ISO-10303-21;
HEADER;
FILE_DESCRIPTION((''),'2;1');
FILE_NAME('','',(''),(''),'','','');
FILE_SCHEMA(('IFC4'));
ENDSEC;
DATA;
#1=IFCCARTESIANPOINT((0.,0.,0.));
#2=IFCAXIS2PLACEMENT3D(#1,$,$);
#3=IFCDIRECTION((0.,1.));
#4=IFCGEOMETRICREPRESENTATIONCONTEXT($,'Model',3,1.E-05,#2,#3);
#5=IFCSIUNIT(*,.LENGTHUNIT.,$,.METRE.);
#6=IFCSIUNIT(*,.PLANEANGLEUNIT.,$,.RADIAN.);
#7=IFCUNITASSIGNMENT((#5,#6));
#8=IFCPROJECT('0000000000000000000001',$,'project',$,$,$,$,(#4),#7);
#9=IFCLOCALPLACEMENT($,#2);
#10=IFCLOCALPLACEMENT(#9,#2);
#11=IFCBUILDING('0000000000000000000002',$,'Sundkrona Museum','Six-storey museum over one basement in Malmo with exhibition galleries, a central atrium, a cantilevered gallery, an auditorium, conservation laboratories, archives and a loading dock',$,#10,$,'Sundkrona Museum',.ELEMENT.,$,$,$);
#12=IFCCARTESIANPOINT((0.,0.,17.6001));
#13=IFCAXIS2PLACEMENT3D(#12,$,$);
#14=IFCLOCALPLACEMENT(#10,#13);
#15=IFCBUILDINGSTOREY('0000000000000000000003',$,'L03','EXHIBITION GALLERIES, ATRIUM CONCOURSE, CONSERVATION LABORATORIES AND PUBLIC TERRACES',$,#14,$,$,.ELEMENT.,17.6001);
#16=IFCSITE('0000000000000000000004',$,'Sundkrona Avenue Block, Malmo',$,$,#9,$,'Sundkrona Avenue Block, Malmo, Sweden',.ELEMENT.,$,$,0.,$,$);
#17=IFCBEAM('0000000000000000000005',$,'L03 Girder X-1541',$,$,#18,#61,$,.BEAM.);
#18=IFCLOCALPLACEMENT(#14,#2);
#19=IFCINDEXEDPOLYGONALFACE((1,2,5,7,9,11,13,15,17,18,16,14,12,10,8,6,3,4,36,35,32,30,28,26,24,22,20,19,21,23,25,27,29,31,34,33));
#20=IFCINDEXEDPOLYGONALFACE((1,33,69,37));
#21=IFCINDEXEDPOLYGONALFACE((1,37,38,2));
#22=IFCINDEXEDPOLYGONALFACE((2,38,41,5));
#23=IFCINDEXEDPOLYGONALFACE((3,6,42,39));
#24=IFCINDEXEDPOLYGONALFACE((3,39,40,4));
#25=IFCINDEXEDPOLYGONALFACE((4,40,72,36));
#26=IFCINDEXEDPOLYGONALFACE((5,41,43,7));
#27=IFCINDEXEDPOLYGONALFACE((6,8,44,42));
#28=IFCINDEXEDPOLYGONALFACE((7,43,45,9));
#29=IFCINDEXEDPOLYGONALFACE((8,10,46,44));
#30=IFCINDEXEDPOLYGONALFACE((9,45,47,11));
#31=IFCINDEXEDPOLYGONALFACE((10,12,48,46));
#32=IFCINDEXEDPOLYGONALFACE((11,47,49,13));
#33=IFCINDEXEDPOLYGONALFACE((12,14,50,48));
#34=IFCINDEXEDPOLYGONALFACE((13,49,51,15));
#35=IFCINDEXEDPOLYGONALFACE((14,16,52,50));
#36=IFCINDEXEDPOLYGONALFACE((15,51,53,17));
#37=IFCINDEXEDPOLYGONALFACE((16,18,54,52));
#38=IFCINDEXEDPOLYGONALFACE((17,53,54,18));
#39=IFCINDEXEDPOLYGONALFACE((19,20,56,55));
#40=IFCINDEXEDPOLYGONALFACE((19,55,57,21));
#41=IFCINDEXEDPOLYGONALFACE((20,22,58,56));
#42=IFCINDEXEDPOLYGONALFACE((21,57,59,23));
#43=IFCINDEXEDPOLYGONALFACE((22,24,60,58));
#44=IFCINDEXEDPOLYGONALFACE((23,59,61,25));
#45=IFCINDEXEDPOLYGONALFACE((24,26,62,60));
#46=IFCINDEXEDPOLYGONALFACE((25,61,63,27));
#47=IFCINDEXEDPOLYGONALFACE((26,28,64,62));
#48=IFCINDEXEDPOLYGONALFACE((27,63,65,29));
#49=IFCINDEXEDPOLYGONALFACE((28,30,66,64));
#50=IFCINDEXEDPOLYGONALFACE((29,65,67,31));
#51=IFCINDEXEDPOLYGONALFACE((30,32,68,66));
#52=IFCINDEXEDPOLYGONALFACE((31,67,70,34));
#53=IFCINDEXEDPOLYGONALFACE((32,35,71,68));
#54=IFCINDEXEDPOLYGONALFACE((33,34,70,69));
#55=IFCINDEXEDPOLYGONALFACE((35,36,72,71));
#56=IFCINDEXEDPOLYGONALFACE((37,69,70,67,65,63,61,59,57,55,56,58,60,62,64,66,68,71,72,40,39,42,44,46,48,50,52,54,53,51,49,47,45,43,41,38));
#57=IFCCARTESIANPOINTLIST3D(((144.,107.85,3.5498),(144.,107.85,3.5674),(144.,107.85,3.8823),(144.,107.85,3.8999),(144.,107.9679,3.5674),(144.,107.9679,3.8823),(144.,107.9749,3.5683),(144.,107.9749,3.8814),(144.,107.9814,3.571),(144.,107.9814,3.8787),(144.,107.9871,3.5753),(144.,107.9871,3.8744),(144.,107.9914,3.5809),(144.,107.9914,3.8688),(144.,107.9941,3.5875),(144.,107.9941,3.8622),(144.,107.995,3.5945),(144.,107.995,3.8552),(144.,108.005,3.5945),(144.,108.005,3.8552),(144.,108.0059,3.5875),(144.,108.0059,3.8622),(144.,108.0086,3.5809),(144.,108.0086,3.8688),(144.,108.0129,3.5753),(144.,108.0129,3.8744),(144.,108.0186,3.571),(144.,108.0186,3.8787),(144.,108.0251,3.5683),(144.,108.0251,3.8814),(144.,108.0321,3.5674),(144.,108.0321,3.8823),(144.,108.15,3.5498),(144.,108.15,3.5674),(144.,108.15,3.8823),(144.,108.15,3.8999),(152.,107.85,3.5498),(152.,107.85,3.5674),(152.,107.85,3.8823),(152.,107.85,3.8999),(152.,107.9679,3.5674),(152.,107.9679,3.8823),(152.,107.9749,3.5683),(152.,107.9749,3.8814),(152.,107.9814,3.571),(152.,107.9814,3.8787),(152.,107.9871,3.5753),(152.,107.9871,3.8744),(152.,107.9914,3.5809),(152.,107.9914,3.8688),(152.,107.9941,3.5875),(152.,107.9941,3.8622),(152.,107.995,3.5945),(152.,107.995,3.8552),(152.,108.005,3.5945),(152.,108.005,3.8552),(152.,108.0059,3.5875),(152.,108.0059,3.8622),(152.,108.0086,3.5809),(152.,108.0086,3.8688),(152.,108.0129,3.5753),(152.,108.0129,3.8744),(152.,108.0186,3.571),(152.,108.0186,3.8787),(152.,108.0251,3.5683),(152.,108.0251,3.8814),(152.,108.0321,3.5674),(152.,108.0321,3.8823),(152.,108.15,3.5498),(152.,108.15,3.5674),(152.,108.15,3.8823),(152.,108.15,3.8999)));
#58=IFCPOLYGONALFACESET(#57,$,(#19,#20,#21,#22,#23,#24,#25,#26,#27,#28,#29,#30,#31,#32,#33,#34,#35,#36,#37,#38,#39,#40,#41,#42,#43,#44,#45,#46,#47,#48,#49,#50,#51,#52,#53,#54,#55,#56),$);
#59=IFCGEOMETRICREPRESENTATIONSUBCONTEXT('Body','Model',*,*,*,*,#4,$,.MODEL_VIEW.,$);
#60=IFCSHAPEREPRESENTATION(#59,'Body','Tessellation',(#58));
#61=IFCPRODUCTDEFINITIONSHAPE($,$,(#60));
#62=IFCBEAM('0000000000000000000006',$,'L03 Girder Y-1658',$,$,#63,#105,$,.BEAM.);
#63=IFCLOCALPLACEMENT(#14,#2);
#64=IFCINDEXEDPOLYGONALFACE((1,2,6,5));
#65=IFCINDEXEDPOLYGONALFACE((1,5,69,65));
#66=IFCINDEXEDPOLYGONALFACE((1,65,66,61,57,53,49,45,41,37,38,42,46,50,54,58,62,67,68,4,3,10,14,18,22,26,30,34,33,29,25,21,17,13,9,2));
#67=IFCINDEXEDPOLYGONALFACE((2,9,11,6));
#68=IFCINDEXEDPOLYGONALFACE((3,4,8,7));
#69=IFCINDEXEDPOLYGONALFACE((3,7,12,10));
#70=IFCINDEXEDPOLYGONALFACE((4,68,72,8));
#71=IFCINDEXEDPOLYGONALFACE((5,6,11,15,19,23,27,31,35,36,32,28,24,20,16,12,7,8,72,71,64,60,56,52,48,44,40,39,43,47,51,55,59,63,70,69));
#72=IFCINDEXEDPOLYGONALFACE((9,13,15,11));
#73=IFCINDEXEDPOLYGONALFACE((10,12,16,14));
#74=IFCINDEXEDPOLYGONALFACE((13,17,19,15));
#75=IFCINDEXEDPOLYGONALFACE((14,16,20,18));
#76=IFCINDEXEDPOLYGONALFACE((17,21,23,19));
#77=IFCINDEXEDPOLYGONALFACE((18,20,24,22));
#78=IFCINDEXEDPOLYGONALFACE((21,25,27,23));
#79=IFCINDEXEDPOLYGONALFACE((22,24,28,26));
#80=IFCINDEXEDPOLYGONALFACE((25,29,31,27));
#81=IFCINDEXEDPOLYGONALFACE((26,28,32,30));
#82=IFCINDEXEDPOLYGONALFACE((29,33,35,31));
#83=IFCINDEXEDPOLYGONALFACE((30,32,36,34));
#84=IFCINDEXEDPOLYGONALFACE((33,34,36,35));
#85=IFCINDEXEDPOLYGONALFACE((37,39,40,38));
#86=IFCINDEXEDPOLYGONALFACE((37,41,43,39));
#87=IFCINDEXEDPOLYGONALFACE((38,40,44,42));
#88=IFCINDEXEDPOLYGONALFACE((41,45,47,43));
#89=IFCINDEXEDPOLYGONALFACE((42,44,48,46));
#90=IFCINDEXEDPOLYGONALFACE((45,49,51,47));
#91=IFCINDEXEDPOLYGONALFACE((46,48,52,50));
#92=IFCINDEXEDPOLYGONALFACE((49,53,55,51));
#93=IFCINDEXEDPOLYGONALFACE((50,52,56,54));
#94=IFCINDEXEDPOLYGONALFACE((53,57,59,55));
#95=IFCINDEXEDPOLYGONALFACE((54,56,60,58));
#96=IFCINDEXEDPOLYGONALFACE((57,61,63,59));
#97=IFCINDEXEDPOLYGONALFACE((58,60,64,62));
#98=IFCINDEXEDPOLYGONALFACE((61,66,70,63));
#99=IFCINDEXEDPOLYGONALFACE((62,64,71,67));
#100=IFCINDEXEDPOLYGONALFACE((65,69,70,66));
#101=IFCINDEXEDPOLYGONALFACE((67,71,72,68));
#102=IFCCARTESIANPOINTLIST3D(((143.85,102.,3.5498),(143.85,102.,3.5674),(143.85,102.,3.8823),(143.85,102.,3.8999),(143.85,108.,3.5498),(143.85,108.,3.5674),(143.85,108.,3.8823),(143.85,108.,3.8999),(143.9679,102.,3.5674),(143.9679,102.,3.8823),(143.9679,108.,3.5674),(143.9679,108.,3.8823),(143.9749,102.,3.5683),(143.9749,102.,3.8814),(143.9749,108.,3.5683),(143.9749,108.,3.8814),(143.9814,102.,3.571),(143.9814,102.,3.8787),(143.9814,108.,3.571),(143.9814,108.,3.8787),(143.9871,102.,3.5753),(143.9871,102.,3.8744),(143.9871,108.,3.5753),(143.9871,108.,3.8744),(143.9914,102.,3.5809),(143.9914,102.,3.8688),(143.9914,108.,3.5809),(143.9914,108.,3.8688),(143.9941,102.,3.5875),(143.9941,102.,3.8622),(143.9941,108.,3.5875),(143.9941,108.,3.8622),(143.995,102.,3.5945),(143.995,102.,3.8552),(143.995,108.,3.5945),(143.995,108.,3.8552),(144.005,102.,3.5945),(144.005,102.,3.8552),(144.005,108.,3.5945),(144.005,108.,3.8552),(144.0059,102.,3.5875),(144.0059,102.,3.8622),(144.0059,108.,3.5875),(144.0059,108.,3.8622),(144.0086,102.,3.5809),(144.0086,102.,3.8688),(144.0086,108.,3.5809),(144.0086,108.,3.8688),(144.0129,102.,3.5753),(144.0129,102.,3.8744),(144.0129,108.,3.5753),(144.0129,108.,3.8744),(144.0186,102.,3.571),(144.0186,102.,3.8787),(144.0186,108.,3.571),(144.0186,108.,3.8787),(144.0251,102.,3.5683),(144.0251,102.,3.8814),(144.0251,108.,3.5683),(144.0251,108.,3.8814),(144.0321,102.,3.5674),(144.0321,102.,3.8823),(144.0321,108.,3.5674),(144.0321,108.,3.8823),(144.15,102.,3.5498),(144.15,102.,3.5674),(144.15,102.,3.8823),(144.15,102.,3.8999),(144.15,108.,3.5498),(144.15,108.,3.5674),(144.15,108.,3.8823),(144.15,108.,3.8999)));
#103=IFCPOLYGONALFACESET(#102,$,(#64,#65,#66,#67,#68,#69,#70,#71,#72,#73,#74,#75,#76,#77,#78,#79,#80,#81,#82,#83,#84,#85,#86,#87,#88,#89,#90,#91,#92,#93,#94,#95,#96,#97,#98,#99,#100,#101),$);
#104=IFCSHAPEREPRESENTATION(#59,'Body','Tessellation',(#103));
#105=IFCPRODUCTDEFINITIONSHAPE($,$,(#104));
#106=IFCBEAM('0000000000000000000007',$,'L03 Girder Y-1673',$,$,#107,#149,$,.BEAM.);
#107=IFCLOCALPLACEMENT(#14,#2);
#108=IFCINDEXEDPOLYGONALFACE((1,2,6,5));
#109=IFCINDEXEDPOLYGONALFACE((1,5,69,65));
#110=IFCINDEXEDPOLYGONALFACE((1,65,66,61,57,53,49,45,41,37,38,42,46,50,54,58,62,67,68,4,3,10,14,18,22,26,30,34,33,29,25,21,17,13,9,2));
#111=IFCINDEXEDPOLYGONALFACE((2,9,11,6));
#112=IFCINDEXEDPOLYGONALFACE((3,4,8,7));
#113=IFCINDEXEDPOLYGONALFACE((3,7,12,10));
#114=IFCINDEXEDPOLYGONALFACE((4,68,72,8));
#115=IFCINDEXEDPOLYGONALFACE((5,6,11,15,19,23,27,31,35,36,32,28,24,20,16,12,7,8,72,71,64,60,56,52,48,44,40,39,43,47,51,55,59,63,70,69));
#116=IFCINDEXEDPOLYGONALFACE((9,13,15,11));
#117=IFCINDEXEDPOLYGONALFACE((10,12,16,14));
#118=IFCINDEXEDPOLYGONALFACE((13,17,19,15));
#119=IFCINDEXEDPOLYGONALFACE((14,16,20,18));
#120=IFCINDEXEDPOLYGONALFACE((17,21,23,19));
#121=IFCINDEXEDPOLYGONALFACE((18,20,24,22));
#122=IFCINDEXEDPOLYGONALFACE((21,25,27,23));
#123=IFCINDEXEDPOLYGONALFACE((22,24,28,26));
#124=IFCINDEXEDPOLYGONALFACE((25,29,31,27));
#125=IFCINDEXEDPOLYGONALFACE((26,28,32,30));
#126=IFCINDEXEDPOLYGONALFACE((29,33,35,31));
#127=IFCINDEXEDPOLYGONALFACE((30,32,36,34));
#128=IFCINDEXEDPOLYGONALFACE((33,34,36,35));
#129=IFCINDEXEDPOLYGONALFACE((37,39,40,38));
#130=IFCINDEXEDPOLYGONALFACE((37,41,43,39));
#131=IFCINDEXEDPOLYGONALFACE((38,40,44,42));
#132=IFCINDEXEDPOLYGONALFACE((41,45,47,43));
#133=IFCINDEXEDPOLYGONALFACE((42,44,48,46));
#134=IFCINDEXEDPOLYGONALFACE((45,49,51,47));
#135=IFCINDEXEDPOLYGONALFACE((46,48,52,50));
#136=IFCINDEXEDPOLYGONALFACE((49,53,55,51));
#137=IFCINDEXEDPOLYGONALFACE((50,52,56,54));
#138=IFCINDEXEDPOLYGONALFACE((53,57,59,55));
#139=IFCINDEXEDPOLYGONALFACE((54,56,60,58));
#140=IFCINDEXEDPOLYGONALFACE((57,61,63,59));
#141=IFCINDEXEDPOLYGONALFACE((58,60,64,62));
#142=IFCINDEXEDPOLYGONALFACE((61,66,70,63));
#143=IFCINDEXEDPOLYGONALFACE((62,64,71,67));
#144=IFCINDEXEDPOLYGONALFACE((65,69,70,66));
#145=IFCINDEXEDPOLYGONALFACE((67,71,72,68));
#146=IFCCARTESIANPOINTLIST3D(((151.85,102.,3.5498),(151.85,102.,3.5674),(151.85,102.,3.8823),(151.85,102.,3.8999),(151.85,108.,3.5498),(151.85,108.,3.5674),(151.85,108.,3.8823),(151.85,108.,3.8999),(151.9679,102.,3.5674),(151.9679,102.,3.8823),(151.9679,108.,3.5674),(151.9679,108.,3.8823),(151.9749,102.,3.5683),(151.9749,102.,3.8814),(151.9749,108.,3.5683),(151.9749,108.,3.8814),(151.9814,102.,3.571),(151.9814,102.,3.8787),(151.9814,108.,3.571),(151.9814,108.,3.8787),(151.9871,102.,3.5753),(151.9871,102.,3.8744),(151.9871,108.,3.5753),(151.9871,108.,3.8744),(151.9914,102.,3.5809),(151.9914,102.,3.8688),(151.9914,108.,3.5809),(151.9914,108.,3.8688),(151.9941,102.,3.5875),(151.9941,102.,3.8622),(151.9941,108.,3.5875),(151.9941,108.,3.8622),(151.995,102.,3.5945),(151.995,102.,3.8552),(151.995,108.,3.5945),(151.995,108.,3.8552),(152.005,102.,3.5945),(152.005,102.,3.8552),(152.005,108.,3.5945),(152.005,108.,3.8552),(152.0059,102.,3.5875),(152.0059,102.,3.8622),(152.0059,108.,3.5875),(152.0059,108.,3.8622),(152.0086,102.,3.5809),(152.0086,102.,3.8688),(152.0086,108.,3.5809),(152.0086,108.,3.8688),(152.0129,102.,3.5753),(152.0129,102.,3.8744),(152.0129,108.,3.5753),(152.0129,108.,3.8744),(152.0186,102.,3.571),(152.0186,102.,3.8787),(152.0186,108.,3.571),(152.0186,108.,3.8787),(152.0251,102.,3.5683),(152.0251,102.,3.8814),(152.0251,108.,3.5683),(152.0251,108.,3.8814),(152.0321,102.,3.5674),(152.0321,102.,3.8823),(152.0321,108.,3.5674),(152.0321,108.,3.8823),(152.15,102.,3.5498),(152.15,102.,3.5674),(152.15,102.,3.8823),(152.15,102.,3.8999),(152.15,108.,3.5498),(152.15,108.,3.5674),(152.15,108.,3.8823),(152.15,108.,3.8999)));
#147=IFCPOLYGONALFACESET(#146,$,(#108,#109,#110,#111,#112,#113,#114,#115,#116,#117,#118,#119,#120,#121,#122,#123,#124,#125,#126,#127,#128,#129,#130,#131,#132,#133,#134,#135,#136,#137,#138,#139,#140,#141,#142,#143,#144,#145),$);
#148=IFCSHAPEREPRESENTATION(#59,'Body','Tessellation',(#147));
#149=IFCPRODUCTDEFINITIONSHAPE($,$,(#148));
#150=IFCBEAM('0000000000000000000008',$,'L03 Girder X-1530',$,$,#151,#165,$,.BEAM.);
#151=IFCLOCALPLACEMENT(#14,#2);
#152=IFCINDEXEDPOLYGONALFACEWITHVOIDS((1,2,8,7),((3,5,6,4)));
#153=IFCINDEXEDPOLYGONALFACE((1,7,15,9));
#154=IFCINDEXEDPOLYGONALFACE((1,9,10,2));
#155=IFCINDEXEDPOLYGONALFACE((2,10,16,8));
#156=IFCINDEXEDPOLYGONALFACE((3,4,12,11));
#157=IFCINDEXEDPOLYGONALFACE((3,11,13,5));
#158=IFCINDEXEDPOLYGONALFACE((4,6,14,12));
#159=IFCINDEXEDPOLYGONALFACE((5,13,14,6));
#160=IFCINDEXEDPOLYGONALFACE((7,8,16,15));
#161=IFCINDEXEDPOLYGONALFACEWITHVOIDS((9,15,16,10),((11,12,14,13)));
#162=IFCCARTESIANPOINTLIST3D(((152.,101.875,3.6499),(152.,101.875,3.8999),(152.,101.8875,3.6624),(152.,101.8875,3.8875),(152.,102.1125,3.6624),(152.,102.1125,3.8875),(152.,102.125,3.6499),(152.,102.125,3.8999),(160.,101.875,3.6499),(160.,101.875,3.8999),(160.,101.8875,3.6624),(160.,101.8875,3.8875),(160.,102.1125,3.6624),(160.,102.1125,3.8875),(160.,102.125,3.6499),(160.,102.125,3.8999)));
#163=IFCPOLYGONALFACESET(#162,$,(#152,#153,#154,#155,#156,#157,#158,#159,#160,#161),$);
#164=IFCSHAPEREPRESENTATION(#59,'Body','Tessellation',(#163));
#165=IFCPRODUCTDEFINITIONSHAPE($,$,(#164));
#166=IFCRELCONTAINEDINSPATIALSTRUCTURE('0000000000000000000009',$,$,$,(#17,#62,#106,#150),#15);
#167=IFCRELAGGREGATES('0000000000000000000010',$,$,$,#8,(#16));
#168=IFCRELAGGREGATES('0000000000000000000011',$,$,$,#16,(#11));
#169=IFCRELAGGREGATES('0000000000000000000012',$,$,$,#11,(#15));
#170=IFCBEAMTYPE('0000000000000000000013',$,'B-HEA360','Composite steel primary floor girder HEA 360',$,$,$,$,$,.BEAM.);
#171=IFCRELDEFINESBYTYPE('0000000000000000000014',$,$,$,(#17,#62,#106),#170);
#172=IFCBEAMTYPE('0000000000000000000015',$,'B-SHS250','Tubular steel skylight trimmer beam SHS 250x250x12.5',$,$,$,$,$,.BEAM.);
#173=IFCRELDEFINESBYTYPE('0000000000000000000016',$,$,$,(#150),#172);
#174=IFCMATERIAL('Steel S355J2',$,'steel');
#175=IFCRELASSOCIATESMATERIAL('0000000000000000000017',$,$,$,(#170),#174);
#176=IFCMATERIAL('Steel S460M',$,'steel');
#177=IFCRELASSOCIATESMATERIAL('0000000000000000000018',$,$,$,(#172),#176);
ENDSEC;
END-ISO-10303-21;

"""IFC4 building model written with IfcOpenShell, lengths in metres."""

from ifc_helpers import new_model, si_unit, direction, frame, origin, origin_2d, place, context, subcontext, project, spatial, hollow_rectangle, i_section, extrude, material, material_profile, profile_set, type_object, element, save


model = new_model("IFC4")

# Units and contexts
model_context = context("Model", 3, precision=1e-05, world=origin(), true_north=direction((0.0, 1.0)))
body_context = subcontext(model_context, "Body", "Model", "MODEL_VIEW")
ifc_project = project(units=[si_unit("LENGTHUNIT", "METRE"), si_unit("PLANEANGLEUNIT", "RADIAN")], contexts=[model_context])

# Site, building, storey
site_placement = place(None, origin())
site = spatial("IfcSite", under=ifc_project, at=site_placement, Name="Sundkrona Avenue Block, Malmo", LongName="Sundkrona Avenue Block, Malmo, Sweden", CompositionType="ELEMENT", RefElevation=0.0)
building_placement = place(site_placement, origin())
building = spatial("IfcBuilding", under=site, at=building_placement, Name="Sundkrona Museum", Description="Six-storey museum over one basement in Malmo with exhibition galleries, a central atrium, a cantilevered gallery, an auditorium, conservation laboratories, archives and a loading dock", LongName="Sundkrona Museum", CompositionType="ELEMENT")
storey_placement = place(building_placement, frame((0.0, 0.0, 17.6001)))
storey = spatial("IfcBuildingStorey", under=building, at=storey_placement, Name="L03", Description="EXHIBITION GALLERIES, ATRIUM CONCOURSE, CONSERVATION LABORATORIES AND PUBLIC TERRACES", CompositionType="ELEMENT", Elevation=17.6001)

# Shared definitions
ifc_material_1 = material(Name="Steel S355J2", Category="steel")

# Beams
ifc_material_profile_1 = material_profile(ifc_material_1, i_section(OverallWidth=0.3, OverallDepth=0.3501, WebThickness=0.01, FlangeThickness=0.0176, FilletRadius=0.0271, at=origin_2d()), Name="HEA 360")
ifc_profile_set_1 = profile_set([ifc_material_profile_1], Name="Steel S355J2")
beam_type_1 = type_object("IfcBeamType", Name="B-HEA360", Description="Composite steel primary floor girder HEA 360", PredefinedType="BEAM", material=ifc_profile_set_1)
for number, where, z_axis, x_axis, name in (
    (1, (144.0, 108.0, 3.7249), (1.0, 0.0, 0.0), (0.0, 1.0, 0.0), "L03 Girder X-1541"),
):
    element("IfcBeam", number, at=place(storey_placement, frame(where, z_axis=z_axis, x_axis=x_axis)), inside=storey, type_object=beam_type_1, Name=name, PredefinedType="BEAM", context=body_context, shape_type="SweptSolid", body=[
        extrude(i_section(OverallWidth=0.3, OverallDepth=0.3501, WebThickness=0.01, FlangeThickness=0.0176, FilletRadius=0.0271, at=origin_2d()), origin(), (0.0, 0.0, 1.0), 8.0),
    ])
for number, where, z_axis, x_axis, name in (
    (2, (144.0, 102.0, 3.7249), (0.0, 1.0, 0.0), (-1.0, 0.0, 0.0), "L03 Girder Y-1658"),
    (3, (152.0, 102.0, 3.7249), (0.0, 1.0, 0.0), (-1.0, 0.0, 0.0), "L03 Girder Y-1673"),
):
    element("IfcBeam", number, at=place(storey_placement, frame(where, z_axis=z_axis, x_axis=x_axis)), inside=storey, type_object=beam_type_1, Name=name, PredefinedType="BEAM", context=body_context, shape_type="SweptSolid", body=[
        extrude(i_section(OverallWidth=0.3, OverallDepth=0.3501, WebThickness=0.01, FlangeThickness=0.0176, FilletRadius=0.0271, at=origin_2d()), origin(), (0.0, 0.0, 1.0), 6.0),
    ])
ifc_material_2 = material(Name="Steel S460M", Category="steel")
ifc_material_profile_2 = material_profile(ifc_material_2, hollow_rectangle(XDim=0.25, YDim=0.25, WallThickness=0.0125, at=origin_2d()), Name="SHS 250x250x12.5")
ifc_profile_set_2 = profile_set([ifc_material_profile_2], Name="Steel S460M")
beam_type_2 = type_object("IfcBeamType", Name="B-SHS250", Description="Tubular steel skylight trimmer beam SHS 250x250x12.5", PredefinedType="BEAM", material=ifc_profile_set_2)
beam_1_placement = place(storey_placement, frame((152.0, 102.0, 3.7749), z_axis=(1.0, 0.0, 0.0), x_axis=(0.0, 1.0, 0.0)))
element("IfcBeam", 4, at=beam_1_placement, inside=storey, type_object=beam_type_2, Name="L03 Girder X-1530", PredefinedType="BEAM", context=body_context, shape_type="SweptSolid", body=[
    extrude(hollow_rectangle(XDim=0.25, YDim=0.25, WallThickness=0.0125, at=origin_2d()), origin(), (0.0, 0.0, 1.0), 8.0),
])

save(model, "model.ifc")
